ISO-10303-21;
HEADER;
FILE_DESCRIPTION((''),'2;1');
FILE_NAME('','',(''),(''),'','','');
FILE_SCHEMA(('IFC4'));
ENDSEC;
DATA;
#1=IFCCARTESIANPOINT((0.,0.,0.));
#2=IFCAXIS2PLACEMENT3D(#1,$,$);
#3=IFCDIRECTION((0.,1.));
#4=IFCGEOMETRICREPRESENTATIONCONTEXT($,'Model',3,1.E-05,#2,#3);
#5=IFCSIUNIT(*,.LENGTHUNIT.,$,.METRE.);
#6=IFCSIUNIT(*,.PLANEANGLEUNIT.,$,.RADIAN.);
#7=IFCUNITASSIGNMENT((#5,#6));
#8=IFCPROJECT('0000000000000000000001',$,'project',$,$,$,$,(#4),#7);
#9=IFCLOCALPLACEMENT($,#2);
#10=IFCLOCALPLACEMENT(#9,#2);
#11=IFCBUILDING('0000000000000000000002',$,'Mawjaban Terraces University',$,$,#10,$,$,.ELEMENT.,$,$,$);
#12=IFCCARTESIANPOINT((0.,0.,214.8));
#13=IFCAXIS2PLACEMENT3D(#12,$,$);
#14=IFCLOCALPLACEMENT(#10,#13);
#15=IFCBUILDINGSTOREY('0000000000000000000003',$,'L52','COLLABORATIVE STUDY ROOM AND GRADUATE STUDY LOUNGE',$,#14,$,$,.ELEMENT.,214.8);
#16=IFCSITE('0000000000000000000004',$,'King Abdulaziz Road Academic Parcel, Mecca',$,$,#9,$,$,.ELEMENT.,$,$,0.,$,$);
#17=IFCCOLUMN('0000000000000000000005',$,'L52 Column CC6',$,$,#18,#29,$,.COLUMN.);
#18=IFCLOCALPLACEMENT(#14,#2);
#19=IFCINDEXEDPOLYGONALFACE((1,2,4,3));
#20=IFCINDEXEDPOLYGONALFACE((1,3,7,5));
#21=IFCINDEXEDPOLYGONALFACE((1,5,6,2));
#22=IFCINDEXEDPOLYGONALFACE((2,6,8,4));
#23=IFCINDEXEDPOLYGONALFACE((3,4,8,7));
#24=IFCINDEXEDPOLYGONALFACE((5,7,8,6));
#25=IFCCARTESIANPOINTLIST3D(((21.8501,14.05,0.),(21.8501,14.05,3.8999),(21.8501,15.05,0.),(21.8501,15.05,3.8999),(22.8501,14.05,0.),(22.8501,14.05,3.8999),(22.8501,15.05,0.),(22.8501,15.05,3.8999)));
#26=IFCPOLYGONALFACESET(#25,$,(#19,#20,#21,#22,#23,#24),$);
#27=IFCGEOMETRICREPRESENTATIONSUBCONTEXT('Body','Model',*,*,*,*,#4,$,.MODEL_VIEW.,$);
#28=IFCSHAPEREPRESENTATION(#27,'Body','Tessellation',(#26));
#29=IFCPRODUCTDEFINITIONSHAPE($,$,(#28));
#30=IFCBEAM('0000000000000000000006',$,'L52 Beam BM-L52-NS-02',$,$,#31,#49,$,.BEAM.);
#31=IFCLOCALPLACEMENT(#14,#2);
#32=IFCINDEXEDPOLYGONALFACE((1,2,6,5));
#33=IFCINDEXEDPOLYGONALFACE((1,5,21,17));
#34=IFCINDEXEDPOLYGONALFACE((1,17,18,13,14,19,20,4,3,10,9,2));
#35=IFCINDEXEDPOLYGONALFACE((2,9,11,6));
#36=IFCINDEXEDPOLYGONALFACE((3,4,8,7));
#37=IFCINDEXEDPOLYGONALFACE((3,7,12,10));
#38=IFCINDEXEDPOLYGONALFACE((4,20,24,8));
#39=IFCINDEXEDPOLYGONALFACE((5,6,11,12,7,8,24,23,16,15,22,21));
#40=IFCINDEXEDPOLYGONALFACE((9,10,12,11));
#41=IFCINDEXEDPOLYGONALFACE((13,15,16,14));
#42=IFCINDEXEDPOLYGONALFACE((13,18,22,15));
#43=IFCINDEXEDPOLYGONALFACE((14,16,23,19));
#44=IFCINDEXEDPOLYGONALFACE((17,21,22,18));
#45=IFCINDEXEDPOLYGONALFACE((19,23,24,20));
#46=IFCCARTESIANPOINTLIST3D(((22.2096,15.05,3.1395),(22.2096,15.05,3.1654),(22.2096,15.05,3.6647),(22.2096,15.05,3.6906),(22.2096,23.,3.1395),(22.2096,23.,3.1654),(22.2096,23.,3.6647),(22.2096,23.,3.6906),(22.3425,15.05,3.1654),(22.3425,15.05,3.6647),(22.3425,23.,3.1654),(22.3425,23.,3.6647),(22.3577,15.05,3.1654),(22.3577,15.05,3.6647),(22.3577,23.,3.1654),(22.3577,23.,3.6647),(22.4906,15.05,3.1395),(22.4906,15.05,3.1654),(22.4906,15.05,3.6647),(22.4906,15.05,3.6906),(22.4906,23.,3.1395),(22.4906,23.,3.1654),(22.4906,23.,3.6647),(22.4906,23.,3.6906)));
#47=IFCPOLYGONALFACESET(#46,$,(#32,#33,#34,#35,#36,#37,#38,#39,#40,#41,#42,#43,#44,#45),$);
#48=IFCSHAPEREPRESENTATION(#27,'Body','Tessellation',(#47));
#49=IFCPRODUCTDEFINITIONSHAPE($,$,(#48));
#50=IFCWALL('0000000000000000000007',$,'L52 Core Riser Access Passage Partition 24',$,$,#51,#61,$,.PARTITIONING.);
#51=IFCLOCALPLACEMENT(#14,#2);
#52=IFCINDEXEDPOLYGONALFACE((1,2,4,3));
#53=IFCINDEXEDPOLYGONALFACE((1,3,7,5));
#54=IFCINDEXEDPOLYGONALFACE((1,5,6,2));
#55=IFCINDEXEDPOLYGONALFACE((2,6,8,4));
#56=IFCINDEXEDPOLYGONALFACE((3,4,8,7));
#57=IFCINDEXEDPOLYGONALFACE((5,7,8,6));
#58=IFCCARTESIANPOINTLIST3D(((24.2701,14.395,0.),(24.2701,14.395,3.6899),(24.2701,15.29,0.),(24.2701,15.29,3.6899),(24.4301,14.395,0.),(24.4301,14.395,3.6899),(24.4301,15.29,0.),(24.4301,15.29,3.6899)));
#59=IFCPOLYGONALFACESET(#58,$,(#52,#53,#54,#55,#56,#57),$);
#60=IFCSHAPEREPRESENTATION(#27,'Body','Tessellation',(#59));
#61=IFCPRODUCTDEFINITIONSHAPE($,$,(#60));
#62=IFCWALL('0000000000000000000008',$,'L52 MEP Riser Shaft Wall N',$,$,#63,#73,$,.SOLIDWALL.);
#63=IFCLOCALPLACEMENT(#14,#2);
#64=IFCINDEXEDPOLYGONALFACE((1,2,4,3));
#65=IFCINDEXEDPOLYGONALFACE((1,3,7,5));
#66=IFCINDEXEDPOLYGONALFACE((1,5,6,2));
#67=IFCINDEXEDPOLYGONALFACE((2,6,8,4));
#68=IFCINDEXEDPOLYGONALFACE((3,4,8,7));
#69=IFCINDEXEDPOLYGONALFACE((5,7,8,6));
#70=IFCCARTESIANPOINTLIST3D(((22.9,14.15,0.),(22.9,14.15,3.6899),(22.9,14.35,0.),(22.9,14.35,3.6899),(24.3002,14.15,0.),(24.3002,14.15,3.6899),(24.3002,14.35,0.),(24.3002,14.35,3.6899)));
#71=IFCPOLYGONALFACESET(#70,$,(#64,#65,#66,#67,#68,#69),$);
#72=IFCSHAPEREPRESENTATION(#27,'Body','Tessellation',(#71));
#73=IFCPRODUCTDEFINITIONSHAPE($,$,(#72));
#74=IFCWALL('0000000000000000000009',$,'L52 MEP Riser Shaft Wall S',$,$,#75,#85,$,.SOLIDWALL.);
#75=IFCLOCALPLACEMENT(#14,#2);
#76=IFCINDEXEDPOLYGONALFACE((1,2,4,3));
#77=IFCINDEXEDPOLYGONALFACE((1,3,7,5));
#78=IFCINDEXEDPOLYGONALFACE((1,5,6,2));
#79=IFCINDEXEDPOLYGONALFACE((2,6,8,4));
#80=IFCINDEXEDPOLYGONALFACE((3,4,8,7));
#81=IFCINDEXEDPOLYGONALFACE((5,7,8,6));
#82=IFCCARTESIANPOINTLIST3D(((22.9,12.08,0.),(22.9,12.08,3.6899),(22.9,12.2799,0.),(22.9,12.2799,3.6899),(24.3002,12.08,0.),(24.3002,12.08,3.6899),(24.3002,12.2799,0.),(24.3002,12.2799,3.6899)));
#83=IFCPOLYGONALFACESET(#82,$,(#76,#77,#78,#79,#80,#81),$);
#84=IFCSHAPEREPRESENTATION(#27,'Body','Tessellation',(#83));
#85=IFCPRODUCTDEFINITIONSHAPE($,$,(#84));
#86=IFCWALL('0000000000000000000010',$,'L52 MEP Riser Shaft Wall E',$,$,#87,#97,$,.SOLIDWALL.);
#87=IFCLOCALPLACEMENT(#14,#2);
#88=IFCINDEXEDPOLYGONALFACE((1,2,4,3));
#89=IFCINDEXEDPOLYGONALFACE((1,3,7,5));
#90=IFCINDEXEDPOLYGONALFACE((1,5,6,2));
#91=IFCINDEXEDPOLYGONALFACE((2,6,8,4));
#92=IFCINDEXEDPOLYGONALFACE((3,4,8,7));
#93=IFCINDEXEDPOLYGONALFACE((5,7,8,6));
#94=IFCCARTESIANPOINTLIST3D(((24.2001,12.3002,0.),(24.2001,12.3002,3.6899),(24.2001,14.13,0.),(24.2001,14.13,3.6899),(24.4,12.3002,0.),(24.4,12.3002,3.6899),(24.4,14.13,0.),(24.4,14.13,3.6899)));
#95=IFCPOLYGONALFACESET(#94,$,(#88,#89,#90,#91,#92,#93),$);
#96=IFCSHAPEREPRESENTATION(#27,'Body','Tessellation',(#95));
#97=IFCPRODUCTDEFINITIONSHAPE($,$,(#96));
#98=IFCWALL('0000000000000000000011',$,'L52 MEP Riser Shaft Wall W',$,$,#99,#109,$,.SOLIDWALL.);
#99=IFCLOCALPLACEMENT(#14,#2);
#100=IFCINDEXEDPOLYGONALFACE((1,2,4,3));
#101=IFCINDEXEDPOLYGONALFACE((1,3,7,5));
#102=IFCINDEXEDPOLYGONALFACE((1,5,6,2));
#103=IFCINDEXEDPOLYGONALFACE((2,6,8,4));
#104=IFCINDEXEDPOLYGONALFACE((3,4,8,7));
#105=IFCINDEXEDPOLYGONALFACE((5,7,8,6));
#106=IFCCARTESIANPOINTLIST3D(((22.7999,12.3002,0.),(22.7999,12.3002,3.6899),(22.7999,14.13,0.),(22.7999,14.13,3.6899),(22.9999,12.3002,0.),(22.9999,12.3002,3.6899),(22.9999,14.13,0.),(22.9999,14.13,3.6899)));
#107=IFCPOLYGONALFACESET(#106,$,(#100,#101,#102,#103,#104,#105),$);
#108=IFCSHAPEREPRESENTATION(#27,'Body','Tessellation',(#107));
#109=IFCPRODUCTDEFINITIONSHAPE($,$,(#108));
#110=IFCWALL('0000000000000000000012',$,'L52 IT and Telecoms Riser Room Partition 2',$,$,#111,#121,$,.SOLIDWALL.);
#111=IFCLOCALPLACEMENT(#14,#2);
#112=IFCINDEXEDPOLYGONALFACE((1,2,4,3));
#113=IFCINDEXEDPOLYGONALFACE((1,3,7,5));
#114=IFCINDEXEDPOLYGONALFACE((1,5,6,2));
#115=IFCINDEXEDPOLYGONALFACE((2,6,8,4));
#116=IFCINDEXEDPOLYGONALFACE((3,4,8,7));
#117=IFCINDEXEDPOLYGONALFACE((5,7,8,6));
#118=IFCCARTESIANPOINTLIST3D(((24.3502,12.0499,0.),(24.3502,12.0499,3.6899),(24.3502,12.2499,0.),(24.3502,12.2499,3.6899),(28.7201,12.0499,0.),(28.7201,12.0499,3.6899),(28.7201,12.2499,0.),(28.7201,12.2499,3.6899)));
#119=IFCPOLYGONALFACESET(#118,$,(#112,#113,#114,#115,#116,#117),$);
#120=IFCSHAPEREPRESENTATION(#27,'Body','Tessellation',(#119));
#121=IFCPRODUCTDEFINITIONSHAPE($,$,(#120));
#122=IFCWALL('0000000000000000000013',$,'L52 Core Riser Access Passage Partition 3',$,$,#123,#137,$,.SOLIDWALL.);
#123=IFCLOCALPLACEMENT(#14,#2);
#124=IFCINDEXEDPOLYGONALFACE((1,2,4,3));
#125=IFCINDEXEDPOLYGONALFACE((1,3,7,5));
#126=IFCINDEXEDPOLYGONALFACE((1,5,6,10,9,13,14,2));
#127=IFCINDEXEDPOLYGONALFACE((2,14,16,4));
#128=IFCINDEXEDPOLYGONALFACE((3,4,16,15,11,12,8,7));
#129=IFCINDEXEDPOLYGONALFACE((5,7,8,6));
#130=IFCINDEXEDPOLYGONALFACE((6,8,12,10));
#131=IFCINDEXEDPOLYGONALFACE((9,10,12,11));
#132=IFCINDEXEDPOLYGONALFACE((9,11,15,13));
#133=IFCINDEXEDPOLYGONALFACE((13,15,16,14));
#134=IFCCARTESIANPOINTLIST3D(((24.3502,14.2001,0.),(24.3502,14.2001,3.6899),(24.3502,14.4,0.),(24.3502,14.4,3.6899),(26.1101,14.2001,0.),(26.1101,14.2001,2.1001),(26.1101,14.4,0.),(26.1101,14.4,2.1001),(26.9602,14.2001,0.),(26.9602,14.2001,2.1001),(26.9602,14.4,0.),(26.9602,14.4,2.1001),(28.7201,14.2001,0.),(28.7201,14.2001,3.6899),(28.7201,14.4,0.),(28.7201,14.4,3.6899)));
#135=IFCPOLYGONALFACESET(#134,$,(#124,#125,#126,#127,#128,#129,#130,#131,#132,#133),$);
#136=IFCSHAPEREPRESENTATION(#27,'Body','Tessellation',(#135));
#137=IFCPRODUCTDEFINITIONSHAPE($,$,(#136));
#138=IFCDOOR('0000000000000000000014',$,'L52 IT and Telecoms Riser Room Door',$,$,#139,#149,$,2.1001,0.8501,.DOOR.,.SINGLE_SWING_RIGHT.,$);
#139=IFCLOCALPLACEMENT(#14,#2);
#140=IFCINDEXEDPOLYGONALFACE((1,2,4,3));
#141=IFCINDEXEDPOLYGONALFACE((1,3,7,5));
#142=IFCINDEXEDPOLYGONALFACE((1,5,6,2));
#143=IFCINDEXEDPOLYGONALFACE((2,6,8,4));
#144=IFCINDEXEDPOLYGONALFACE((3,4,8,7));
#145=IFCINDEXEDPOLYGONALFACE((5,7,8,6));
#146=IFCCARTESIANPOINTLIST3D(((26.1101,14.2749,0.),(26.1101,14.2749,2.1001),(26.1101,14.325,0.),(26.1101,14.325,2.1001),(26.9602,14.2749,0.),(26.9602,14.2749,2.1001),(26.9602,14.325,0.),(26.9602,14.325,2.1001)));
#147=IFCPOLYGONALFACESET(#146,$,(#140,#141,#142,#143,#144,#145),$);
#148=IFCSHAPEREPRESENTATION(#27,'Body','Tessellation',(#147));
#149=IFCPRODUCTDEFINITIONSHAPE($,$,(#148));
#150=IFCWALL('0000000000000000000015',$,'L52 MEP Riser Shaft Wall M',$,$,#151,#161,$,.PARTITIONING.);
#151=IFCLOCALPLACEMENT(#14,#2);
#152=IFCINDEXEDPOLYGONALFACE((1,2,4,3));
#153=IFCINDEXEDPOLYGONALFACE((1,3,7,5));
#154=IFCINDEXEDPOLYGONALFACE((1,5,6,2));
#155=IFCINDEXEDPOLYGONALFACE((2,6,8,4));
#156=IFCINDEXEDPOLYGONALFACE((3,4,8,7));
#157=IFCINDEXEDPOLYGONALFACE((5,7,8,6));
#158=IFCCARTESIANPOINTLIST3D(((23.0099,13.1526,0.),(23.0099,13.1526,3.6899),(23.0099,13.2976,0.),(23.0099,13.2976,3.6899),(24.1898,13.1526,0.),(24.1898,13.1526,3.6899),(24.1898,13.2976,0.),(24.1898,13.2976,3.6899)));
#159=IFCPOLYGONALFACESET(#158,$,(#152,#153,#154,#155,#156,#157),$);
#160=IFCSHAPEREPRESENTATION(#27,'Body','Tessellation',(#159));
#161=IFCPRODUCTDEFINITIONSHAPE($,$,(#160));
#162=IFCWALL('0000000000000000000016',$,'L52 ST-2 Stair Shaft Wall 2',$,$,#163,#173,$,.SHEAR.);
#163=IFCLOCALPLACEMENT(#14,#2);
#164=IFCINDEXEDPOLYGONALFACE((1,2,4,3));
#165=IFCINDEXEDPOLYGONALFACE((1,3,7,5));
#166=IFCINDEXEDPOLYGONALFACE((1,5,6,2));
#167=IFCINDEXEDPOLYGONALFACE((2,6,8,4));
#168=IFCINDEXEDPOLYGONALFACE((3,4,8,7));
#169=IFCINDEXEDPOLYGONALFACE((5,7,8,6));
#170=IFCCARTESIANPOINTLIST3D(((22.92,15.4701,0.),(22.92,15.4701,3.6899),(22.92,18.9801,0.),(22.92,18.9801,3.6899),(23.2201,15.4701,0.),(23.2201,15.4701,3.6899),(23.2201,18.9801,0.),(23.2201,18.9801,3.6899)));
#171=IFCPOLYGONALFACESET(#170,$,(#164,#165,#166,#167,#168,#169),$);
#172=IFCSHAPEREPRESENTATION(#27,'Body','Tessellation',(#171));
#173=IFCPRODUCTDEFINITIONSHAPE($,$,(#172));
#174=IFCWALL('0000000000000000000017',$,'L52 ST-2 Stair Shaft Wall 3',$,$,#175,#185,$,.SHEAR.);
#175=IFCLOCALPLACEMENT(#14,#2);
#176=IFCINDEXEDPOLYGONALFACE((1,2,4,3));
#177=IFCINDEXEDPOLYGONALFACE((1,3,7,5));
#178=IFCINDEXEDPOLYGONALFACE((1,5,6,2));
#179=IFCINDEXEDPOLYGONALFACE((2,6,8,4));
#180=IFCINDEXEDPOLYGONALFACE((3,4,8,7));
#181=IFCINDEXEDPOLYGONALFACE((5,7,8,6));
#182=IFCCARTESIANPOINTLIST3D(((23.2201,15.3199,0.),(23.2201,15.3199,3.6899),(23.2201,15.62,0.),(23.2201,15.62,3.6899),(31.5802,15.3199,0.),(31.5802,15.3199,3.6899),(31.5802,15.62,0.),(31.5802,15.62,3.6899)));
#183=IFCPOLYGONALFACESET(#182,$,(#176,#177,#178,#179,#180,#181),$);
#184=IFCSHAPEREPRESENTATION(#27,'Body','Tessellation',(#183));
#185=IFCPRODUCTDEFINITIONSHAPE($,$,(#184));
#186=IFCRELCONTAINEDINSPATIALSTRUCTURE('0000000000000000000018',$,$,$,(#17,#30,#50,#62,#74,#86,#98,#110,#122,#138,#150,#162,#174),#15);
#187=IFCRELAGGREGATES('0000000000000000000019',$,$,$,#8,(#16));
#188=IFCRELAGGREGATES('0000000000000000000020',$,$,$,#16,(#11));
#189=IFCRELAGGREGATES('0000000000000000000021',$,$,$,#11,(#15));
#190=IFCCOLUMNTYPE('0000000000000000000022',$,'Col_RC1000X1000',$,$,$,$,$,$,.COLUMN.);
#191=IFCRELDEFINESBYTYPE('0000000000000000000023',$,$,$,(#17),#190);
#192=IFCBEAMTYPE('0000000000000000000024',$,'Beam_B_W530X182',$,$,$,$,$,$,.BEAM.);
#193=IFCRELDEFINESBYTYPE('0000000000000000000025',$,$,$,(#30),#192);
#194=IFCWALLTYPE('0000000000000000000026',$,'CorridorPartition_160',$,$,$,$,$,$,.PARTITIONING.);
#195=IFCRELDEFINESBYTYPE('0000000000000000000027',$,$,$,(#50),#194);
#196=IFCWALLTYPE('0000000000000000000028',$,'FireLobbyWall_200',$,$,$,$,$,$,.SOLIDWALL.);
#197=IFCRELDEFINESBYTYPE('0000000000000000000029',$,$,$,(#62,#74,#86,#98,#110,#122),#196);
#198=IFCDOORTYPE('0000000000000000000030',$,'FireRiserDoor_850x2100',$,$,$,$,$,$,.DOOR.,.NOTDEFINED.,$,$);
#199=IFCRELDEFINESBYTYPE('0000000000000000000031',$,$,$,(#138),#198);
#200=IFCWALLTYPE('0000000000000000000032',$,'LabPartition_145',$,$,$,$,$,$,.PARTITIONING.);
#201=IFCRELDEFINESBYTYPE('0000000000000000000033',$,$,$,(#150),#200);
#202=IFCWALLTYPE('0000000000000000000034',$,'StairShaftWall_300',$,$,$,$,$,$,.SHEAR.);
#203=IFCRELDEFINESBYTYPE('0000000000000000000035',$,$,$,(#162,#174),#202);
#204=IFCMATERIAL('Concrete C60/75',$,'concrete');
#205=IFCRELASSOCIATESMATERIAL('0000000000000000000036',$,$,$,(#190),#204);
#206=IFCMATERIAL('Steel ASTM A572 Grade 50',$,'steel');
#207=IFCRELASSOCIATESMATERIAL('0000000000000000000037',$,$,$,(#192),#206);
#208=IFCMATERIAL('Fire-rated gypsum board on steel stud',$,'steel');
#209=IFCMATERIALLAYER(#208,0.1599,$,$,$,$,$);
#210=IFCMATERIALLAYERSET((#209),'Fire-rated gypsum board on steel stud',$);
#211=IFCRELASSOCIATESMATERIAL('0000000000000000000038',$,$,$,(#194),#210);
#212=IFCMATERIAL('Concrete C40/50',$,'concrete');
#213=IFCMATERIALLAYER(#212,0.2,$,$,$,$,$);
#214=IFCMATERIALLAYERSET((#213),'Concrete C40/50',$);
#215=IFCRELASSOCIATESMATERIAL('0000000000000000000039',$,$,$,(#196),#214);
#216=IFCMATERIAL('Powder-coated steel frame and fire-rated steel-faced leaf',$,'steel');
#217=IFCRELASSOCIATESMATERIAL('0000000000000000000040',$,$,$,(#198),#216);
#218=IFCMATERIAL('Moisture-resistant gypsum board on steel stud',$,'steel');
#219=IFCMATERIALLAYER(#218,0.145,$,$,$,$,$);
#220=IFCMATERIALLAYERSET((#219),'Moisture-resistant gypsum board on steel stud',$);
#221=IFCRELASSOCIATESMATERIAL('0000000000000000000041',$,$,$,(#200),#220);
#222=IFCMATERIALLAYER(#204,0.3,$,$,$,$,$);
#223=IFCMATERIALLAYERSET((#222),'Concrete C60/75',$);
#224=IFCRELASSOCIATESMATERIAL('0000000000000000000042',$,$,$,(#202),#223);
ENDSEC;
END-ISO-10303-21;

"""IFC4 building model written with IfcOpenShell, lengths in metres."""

from ifc_helpers import new_model, si_unit, direction, frame, frame_2d, origin, origin_2d, place, context, subcontext, project, spatial, rectangle, i_section, extrude, material, layer, layer_set, material_profile, profile_set, type_object, element, fill, save


model = new_model("IFC4")

# Units and contexts
model_context = context("Model", 3, precision=1e-05, world=origin(), true_north=direction((0.0, 1.0)))
body_context = subcontext(model_context, "Body", "Model", "MODEL_VIEW")
ifc_project = project(units=[si_unit("LENGTHUNIT", "METRE"), si_unit("PLANEANGLEUNIT", "RADIAN")], contexts=[model_context])

# Site, building, storey
site_placement = place(None, origin())
site = spatial("IfcSite", under=ifc_project, at=site_placement, Name="King Abdulaziz Road Academic Parcel, Mecca", CompositionType="ELEMENT", RefElevation=0.0)
building_placement = place(site_placement, origin())
building = spatial("IfcBuilding", under=site, at=building_placement, Name="Mawjaban Terraces University", CompositionType="ELEMENT")
storey_placement = place(building_placement, frame((0.0, 0.0, 214.8)))
storey = spatial("IfcBuildingStorey", under=building, at=storey_placement, Name="L52", Description="COLLABORATIVE STUDY ROOM AND GRADUATE STUDY LOUNGE", CompositionType="ELEMENT", Elevation=214.8)

# Column
ifc_material_1 = material(Name="Concrete C60/75", Category="concrete")
ifc_material_profile_1 = material_profile(ifc_material_1, rectangle(XDim=1.0, YDim=1.0, at=origin_2d()), Name="RC1000X1000")
ifc_profile_set_1 = profile_set([ifc_material_profile_1], Name="Concrete C60/75")
column_type = type_object("IfcColumnType", Name="Col_RC1000X1000", PredefinedType="COLUMN", material=ifc_profile_set_1)
column_placement = place(storey_placement, frame((22.3501, 14.55, 0.0), z_axis=(0.0, 0.0, 1.0), x_axis=(1.0, 0.0, 0.0)))
element("IfcColumn", 1, at=column_placement, inside=storey, type_object=column_type, Name="L52 Column CC6", PredefinedType="COLUMN", context=body_context, shape_type="SweptSolid", body=[
    extrude(rectangle(XDim=1.0, YDim=1.0, at=origin_2d()), origin(), (0.0, 0.0, 1.0), 3.8999),
])

# Beam
ifc_material_2 = material(Name="Steel ASTM A572 Grade 50", Category="steel")
ifc_material_profile_2 = material_profile(ifc_material_2, i_section(OverallWidth=0.281, OverallDepth=0.551, WebThickness=0.0151, FlangeThickness=0.0259, at=origin_2d()), Name="W530X182")
ifc_profile_set_2 = profile_set([ifc_material_profile_2], Name="Steel ASTM A572 Grade 50")
beam_type = type_object("IfcBeamType", Name="Beam_B_W530X182", PredefinedType="BEAM", material=ifc_profile_set_2)
beam_placement = place(storey_placement, frame((22.3501, 15.05, 3.415), z_axis=(0.0, 1.0, 0.0), x_axis=(-1.0, 0.0, 0.0)))
element("IfcBeam", 2, at=beam_placement, inside=storey, type_object=beam_type, Name="L52 Beam BM-L52-NS-02", PredefinedType="BEAM", context=body_context, shape_type="SweptSolid", body=[
    extrude(i_section(OverallWidth=0.281, OverallDepth=0.551, WebThickness=0.0151, FlangeThickness=0.0259, at=origin_2d()), origin(), (0.0, 0.0, 1.0), 7.95),
])

# Walls
ifc_material_3 = material(Name="Fire-rated gypsum board on steel stud", Category="steel")
ifc_layer_1 = layer(ifc_material_3, 0.1599)
ifc_layer_set_1 = layer_set([ifc_layer_1], Name="Fire-rated gypsum board on steel stud")
wall_type_1 = type_object("IfcWallType", Name="CorridorPartition_160", PredefinedType="PARTITIONING", material=ifc_layer_set_1)
wall_1_placement = place(storey_placement, frame((24.3501, 15.29, 0.0), z_axis=(0.0, 0.0, 1.0), x_axis=(0.0, -1.0, 0.0)))
element("IfcWall", 3, at=wall_1_placement, inside=storey, type_object=wall_type_1, Name="L52 Core Riser Access Passage Partition 24", PredefinedType="PARTITIONING", context=body_context, shape_type="SweptSolid", body=[
    extrude(rectangle(XDim=0.895, YDim=0.1599, at=frame_2d((0.4475, 0.0))), origin(), (0.0, 0.0, 1.0), 3.6899),
])
ifc_material_4 = material(Name="Concrete C40/50", Category="concrete")
ifc_layer_2 = layer(ifc_material_4, 0.2)
ifc_layer_set_2 = layer_set([ifc_layer_2], Name="Concrete C40/50")
wall_type_2 = type_object("IfcWallType", Name="FireLobbyWall_200", PredefinedType="SOLIDWALL", material=ifc_layer_set_2)
for number, where, z_axis, x_axis, name in (
    (4, (22.8999, 14.25, 0.0), (0.0, 0.0, 1.0), (1.0, 0.0, 0.0), "L52 MEP Riser Shaft Wall N"),
    (5, (22.8999, 12.1799, 0.0), (0.0, 0.0, 1.0), (1.0, 0.0, 0.0), "L52 MEP Riser Shaft Wall S"),
):
    element("IfcWall", number, at=place(storey_placement, frame(where, z_axis=z_axis, x_axis=x_axis)), inside=storey, type_object=wall_type_2, Name=name, PredefinedType="SOLIDWALL", context=body_context, shape_type="SweptSolid", body=[
        extrude(rectangle(XDim=1.4001, YDim=0.2, at=frame_2d((0.7002, 0.0))), origin(), (0.0, 0.0, 1.0), 3.6899),
    ])
for number, where, z_axis, x_axis, name in (
    (6, (24.3, 12.3, 0.0), (0.0, 0.0, 1.0), (0.0, 1.0, 0.0), "L52 MEP Riser Shaft Wall E"),
    (7, (22.8999, 12.3, 0.0), (0.0, 0.0, 1.0), (0.0, 1.0, 0.0), "L52 MEP Riser Shaft Wall W"),
):
    element("IfcWall", number, at=place(storey_placement, frame(where, z_axis=z_axis, x_axis=x_axis)), inside=storey, type_object=wall_type_2, Name=name, PredefinedType="SOLIDWALL", context=body_context, shape_type="SweptSolid", body=[
        extrude(rectangle(XDim=1.8298, YDim=0.2, at=frame_2d((0.915, 0.0))), origin(), (0.0, 0.0, 1.0), 3.6899),
    ])
wall_2_placement = place(storey_placement, frame((24.3501, 12.1499, 0.0), z_axis=(0.0, 0.0, 1.0), x_axis=(1.0, 0.0, 0.0)))
element("IfcWall", 8, at=wall_2_placement, inside=storey, type_object=wall_type_2, Name="L52 IT and Telecoms Riser Room Partition 2", PredefinedType="SOLIDWALL", context=body_context, shape_type="SweptSolid", body=[
    extrude(rectangle(XDim=4.3699, YDim=0.2, at=frame_2d((2.1851, 0.0))), origin(), (0.0, 0.0, 1.0), 3.6899),
])

# Wall, opening, door
wall_3_placement = place(storey_placement, frame((24.3501, 14.3, 0.0), z_axis=(0.0, 0.0, 1.0), x_axis=(1.0, 0.0, 0.0)))
wall_3 = element("IfcWall", 9, at=wall_3_placement, inside=storey, type_object=wall_type_2, Name="L52 Core Riser Access Passage Partition 3", PredefinedType="SOLIDWALL", context=body_context, shape_type="SweptSolid", body=[
    extrude(rectangle(XDim=4.3699, YDim=0.2, at=frame_2d((2.1851, 0.0))), origin(), (0.0, 0.0, 1.0), 3.6899),
])
opening_placement = place(wall_3_placement, frame((1.76, 0.0, 0.0)))
opening = element("IfcOpeningElement", 10, at=opening_placement, cuts=wall_3, PredefinedType="OPENING", context=body_context, shape_type="SweptSolid", body=[
    extrude(rectangle(XDim=0.8501, YDim=2.1001, at=frame_2d((0.425, 1.05))), frame((0.0, 0.1099, 0.0), z_axis=(0.0, -1.0, 0.0), x_axis=(1.0, 0.0, 0.0)), (0.0, 0.0, 1.0), 0.22),
])
ifc_material_5 = material(Name="Powder-coated steel frame and fire-rated steel-faced leaf", Category="steel")
door_type = type_object("IfcDoorType", Name="FireRiserDoor_850x2100", OperationType="NOTDEFINED", PredefinedType="DOOR", material=ifc_material_5)
door_placement = place(opening_placement, origin())
door = element("IfcDoor", 11, at=door_placement, inside=storey, type_object=door_type, Name="L52 IT and Telecoms Riser Room Door", OperationType="SINGLE_SWING_RIGHT", OverallHeight=2.1001, OverallWidth=0.8501, PredefinedType="DOOR", context=body_context, shape_type="SweptSolid", body=[
    extrude(rectangle(XDim=0.8501, YDim=2.1001, at=frame_2d((0.425, 1.05))), frame((0.0, 0.0249, 0.0), z_axis=(0.0, -1.0, 0.0), x_axis=(1.0, 0.0, 0.0)), (0.0, 0.0, 1.0), 0.05),
])
fill(opening, door)

# Walls
ifc_material_6 = material(Name="Moisture-resistant gypsum board on steel stud", Category="steel")
ifc_layer_3 = layer(ifc_material_6, 0.145)
ifc_layer_set_3 = layer_set([ifc_layer_3], Name="Moisture-resistant gypsum board on steel stud")
wall_type_3 = type_object("IfcWallType", Name="LabPartition_145", PredefinedType="PARTITIONING", material=ifc_layer_set_3)
wall_4_placement = place(storey_placement, frame((23.01, 13.2251, 0.0), z_axis=(0.0, 0.0, 1.0), x_axis=(1.0, 0.0, 0.0)))
element("IfcWall", 12, at=wall_4_placement, inside=storey, type_object=wall_type_3, Name="L52 MEP Riser Shaft Wall M", PredefinedType="PARTITIONING", context=body_context, shape_type="SweptSolid", body=[
    extrude(rectangle(XDim=1.1799, YDim=0.145, at=frame_2d((0.5898, 0.0))), origin(), (0.0, 0.0, 1.0), 3.6899),
])
ifc_layer_4 = layer(ifc_material_1, 0.3)
ifc_layer_set_4 = layer_set([ifc_layer_4], Name="Concrete C60/75")
wall_type_4 = type_object("IfcWallType", Name="StairShaftWall_300", PredefinedType="SHEAR", material=ifc_layer_set_4)
wall_5_placement = place(storey_placement, frame((23.0701, 18.98, 0.0), z_axis=(0.0, 0.0, 1.0), x_axis=(0.0, -1.0, 0.0)))
element("IfcWall", 13, at=wall_5_placement, inside=storey, type_object=wall_type_4, Name="L52 ST-2 Stair Shaft Wall 2", PredefinedType="SHEAR", context=body_context, shape_type="SweptSolid", body=[
    extrude(rectangle(XDim=3.51, YDim=0.3, at=frame_2d((1.7549, 0.0))), origin(), (0.0, 0.0, 1.0), 3.6899),
])
wall_6_placement = place(storey_placement, frame((23.22, 15.47, 0.0), z_axis=(0.0, 0.0, 1.0), x_axis=(1.0, 0.0, 0.0)))
element("IfcWall", 14, at=wall_6_placement, inside=storey, type_object=wall_type_4, Name="L52 ST-2 Stair Shaft Wall 3", PredefinedType="SHEAR", context=body_context, shape_type="SweptSolid", body=[
    extrude(rectangle(XDim=8.3601, YDim=0.3, at=frame_2d((4.1802, 0.0))), origin(), (0.0, 0.0, 1.0), 3.6899),
])

save(model, "model.ifc")
